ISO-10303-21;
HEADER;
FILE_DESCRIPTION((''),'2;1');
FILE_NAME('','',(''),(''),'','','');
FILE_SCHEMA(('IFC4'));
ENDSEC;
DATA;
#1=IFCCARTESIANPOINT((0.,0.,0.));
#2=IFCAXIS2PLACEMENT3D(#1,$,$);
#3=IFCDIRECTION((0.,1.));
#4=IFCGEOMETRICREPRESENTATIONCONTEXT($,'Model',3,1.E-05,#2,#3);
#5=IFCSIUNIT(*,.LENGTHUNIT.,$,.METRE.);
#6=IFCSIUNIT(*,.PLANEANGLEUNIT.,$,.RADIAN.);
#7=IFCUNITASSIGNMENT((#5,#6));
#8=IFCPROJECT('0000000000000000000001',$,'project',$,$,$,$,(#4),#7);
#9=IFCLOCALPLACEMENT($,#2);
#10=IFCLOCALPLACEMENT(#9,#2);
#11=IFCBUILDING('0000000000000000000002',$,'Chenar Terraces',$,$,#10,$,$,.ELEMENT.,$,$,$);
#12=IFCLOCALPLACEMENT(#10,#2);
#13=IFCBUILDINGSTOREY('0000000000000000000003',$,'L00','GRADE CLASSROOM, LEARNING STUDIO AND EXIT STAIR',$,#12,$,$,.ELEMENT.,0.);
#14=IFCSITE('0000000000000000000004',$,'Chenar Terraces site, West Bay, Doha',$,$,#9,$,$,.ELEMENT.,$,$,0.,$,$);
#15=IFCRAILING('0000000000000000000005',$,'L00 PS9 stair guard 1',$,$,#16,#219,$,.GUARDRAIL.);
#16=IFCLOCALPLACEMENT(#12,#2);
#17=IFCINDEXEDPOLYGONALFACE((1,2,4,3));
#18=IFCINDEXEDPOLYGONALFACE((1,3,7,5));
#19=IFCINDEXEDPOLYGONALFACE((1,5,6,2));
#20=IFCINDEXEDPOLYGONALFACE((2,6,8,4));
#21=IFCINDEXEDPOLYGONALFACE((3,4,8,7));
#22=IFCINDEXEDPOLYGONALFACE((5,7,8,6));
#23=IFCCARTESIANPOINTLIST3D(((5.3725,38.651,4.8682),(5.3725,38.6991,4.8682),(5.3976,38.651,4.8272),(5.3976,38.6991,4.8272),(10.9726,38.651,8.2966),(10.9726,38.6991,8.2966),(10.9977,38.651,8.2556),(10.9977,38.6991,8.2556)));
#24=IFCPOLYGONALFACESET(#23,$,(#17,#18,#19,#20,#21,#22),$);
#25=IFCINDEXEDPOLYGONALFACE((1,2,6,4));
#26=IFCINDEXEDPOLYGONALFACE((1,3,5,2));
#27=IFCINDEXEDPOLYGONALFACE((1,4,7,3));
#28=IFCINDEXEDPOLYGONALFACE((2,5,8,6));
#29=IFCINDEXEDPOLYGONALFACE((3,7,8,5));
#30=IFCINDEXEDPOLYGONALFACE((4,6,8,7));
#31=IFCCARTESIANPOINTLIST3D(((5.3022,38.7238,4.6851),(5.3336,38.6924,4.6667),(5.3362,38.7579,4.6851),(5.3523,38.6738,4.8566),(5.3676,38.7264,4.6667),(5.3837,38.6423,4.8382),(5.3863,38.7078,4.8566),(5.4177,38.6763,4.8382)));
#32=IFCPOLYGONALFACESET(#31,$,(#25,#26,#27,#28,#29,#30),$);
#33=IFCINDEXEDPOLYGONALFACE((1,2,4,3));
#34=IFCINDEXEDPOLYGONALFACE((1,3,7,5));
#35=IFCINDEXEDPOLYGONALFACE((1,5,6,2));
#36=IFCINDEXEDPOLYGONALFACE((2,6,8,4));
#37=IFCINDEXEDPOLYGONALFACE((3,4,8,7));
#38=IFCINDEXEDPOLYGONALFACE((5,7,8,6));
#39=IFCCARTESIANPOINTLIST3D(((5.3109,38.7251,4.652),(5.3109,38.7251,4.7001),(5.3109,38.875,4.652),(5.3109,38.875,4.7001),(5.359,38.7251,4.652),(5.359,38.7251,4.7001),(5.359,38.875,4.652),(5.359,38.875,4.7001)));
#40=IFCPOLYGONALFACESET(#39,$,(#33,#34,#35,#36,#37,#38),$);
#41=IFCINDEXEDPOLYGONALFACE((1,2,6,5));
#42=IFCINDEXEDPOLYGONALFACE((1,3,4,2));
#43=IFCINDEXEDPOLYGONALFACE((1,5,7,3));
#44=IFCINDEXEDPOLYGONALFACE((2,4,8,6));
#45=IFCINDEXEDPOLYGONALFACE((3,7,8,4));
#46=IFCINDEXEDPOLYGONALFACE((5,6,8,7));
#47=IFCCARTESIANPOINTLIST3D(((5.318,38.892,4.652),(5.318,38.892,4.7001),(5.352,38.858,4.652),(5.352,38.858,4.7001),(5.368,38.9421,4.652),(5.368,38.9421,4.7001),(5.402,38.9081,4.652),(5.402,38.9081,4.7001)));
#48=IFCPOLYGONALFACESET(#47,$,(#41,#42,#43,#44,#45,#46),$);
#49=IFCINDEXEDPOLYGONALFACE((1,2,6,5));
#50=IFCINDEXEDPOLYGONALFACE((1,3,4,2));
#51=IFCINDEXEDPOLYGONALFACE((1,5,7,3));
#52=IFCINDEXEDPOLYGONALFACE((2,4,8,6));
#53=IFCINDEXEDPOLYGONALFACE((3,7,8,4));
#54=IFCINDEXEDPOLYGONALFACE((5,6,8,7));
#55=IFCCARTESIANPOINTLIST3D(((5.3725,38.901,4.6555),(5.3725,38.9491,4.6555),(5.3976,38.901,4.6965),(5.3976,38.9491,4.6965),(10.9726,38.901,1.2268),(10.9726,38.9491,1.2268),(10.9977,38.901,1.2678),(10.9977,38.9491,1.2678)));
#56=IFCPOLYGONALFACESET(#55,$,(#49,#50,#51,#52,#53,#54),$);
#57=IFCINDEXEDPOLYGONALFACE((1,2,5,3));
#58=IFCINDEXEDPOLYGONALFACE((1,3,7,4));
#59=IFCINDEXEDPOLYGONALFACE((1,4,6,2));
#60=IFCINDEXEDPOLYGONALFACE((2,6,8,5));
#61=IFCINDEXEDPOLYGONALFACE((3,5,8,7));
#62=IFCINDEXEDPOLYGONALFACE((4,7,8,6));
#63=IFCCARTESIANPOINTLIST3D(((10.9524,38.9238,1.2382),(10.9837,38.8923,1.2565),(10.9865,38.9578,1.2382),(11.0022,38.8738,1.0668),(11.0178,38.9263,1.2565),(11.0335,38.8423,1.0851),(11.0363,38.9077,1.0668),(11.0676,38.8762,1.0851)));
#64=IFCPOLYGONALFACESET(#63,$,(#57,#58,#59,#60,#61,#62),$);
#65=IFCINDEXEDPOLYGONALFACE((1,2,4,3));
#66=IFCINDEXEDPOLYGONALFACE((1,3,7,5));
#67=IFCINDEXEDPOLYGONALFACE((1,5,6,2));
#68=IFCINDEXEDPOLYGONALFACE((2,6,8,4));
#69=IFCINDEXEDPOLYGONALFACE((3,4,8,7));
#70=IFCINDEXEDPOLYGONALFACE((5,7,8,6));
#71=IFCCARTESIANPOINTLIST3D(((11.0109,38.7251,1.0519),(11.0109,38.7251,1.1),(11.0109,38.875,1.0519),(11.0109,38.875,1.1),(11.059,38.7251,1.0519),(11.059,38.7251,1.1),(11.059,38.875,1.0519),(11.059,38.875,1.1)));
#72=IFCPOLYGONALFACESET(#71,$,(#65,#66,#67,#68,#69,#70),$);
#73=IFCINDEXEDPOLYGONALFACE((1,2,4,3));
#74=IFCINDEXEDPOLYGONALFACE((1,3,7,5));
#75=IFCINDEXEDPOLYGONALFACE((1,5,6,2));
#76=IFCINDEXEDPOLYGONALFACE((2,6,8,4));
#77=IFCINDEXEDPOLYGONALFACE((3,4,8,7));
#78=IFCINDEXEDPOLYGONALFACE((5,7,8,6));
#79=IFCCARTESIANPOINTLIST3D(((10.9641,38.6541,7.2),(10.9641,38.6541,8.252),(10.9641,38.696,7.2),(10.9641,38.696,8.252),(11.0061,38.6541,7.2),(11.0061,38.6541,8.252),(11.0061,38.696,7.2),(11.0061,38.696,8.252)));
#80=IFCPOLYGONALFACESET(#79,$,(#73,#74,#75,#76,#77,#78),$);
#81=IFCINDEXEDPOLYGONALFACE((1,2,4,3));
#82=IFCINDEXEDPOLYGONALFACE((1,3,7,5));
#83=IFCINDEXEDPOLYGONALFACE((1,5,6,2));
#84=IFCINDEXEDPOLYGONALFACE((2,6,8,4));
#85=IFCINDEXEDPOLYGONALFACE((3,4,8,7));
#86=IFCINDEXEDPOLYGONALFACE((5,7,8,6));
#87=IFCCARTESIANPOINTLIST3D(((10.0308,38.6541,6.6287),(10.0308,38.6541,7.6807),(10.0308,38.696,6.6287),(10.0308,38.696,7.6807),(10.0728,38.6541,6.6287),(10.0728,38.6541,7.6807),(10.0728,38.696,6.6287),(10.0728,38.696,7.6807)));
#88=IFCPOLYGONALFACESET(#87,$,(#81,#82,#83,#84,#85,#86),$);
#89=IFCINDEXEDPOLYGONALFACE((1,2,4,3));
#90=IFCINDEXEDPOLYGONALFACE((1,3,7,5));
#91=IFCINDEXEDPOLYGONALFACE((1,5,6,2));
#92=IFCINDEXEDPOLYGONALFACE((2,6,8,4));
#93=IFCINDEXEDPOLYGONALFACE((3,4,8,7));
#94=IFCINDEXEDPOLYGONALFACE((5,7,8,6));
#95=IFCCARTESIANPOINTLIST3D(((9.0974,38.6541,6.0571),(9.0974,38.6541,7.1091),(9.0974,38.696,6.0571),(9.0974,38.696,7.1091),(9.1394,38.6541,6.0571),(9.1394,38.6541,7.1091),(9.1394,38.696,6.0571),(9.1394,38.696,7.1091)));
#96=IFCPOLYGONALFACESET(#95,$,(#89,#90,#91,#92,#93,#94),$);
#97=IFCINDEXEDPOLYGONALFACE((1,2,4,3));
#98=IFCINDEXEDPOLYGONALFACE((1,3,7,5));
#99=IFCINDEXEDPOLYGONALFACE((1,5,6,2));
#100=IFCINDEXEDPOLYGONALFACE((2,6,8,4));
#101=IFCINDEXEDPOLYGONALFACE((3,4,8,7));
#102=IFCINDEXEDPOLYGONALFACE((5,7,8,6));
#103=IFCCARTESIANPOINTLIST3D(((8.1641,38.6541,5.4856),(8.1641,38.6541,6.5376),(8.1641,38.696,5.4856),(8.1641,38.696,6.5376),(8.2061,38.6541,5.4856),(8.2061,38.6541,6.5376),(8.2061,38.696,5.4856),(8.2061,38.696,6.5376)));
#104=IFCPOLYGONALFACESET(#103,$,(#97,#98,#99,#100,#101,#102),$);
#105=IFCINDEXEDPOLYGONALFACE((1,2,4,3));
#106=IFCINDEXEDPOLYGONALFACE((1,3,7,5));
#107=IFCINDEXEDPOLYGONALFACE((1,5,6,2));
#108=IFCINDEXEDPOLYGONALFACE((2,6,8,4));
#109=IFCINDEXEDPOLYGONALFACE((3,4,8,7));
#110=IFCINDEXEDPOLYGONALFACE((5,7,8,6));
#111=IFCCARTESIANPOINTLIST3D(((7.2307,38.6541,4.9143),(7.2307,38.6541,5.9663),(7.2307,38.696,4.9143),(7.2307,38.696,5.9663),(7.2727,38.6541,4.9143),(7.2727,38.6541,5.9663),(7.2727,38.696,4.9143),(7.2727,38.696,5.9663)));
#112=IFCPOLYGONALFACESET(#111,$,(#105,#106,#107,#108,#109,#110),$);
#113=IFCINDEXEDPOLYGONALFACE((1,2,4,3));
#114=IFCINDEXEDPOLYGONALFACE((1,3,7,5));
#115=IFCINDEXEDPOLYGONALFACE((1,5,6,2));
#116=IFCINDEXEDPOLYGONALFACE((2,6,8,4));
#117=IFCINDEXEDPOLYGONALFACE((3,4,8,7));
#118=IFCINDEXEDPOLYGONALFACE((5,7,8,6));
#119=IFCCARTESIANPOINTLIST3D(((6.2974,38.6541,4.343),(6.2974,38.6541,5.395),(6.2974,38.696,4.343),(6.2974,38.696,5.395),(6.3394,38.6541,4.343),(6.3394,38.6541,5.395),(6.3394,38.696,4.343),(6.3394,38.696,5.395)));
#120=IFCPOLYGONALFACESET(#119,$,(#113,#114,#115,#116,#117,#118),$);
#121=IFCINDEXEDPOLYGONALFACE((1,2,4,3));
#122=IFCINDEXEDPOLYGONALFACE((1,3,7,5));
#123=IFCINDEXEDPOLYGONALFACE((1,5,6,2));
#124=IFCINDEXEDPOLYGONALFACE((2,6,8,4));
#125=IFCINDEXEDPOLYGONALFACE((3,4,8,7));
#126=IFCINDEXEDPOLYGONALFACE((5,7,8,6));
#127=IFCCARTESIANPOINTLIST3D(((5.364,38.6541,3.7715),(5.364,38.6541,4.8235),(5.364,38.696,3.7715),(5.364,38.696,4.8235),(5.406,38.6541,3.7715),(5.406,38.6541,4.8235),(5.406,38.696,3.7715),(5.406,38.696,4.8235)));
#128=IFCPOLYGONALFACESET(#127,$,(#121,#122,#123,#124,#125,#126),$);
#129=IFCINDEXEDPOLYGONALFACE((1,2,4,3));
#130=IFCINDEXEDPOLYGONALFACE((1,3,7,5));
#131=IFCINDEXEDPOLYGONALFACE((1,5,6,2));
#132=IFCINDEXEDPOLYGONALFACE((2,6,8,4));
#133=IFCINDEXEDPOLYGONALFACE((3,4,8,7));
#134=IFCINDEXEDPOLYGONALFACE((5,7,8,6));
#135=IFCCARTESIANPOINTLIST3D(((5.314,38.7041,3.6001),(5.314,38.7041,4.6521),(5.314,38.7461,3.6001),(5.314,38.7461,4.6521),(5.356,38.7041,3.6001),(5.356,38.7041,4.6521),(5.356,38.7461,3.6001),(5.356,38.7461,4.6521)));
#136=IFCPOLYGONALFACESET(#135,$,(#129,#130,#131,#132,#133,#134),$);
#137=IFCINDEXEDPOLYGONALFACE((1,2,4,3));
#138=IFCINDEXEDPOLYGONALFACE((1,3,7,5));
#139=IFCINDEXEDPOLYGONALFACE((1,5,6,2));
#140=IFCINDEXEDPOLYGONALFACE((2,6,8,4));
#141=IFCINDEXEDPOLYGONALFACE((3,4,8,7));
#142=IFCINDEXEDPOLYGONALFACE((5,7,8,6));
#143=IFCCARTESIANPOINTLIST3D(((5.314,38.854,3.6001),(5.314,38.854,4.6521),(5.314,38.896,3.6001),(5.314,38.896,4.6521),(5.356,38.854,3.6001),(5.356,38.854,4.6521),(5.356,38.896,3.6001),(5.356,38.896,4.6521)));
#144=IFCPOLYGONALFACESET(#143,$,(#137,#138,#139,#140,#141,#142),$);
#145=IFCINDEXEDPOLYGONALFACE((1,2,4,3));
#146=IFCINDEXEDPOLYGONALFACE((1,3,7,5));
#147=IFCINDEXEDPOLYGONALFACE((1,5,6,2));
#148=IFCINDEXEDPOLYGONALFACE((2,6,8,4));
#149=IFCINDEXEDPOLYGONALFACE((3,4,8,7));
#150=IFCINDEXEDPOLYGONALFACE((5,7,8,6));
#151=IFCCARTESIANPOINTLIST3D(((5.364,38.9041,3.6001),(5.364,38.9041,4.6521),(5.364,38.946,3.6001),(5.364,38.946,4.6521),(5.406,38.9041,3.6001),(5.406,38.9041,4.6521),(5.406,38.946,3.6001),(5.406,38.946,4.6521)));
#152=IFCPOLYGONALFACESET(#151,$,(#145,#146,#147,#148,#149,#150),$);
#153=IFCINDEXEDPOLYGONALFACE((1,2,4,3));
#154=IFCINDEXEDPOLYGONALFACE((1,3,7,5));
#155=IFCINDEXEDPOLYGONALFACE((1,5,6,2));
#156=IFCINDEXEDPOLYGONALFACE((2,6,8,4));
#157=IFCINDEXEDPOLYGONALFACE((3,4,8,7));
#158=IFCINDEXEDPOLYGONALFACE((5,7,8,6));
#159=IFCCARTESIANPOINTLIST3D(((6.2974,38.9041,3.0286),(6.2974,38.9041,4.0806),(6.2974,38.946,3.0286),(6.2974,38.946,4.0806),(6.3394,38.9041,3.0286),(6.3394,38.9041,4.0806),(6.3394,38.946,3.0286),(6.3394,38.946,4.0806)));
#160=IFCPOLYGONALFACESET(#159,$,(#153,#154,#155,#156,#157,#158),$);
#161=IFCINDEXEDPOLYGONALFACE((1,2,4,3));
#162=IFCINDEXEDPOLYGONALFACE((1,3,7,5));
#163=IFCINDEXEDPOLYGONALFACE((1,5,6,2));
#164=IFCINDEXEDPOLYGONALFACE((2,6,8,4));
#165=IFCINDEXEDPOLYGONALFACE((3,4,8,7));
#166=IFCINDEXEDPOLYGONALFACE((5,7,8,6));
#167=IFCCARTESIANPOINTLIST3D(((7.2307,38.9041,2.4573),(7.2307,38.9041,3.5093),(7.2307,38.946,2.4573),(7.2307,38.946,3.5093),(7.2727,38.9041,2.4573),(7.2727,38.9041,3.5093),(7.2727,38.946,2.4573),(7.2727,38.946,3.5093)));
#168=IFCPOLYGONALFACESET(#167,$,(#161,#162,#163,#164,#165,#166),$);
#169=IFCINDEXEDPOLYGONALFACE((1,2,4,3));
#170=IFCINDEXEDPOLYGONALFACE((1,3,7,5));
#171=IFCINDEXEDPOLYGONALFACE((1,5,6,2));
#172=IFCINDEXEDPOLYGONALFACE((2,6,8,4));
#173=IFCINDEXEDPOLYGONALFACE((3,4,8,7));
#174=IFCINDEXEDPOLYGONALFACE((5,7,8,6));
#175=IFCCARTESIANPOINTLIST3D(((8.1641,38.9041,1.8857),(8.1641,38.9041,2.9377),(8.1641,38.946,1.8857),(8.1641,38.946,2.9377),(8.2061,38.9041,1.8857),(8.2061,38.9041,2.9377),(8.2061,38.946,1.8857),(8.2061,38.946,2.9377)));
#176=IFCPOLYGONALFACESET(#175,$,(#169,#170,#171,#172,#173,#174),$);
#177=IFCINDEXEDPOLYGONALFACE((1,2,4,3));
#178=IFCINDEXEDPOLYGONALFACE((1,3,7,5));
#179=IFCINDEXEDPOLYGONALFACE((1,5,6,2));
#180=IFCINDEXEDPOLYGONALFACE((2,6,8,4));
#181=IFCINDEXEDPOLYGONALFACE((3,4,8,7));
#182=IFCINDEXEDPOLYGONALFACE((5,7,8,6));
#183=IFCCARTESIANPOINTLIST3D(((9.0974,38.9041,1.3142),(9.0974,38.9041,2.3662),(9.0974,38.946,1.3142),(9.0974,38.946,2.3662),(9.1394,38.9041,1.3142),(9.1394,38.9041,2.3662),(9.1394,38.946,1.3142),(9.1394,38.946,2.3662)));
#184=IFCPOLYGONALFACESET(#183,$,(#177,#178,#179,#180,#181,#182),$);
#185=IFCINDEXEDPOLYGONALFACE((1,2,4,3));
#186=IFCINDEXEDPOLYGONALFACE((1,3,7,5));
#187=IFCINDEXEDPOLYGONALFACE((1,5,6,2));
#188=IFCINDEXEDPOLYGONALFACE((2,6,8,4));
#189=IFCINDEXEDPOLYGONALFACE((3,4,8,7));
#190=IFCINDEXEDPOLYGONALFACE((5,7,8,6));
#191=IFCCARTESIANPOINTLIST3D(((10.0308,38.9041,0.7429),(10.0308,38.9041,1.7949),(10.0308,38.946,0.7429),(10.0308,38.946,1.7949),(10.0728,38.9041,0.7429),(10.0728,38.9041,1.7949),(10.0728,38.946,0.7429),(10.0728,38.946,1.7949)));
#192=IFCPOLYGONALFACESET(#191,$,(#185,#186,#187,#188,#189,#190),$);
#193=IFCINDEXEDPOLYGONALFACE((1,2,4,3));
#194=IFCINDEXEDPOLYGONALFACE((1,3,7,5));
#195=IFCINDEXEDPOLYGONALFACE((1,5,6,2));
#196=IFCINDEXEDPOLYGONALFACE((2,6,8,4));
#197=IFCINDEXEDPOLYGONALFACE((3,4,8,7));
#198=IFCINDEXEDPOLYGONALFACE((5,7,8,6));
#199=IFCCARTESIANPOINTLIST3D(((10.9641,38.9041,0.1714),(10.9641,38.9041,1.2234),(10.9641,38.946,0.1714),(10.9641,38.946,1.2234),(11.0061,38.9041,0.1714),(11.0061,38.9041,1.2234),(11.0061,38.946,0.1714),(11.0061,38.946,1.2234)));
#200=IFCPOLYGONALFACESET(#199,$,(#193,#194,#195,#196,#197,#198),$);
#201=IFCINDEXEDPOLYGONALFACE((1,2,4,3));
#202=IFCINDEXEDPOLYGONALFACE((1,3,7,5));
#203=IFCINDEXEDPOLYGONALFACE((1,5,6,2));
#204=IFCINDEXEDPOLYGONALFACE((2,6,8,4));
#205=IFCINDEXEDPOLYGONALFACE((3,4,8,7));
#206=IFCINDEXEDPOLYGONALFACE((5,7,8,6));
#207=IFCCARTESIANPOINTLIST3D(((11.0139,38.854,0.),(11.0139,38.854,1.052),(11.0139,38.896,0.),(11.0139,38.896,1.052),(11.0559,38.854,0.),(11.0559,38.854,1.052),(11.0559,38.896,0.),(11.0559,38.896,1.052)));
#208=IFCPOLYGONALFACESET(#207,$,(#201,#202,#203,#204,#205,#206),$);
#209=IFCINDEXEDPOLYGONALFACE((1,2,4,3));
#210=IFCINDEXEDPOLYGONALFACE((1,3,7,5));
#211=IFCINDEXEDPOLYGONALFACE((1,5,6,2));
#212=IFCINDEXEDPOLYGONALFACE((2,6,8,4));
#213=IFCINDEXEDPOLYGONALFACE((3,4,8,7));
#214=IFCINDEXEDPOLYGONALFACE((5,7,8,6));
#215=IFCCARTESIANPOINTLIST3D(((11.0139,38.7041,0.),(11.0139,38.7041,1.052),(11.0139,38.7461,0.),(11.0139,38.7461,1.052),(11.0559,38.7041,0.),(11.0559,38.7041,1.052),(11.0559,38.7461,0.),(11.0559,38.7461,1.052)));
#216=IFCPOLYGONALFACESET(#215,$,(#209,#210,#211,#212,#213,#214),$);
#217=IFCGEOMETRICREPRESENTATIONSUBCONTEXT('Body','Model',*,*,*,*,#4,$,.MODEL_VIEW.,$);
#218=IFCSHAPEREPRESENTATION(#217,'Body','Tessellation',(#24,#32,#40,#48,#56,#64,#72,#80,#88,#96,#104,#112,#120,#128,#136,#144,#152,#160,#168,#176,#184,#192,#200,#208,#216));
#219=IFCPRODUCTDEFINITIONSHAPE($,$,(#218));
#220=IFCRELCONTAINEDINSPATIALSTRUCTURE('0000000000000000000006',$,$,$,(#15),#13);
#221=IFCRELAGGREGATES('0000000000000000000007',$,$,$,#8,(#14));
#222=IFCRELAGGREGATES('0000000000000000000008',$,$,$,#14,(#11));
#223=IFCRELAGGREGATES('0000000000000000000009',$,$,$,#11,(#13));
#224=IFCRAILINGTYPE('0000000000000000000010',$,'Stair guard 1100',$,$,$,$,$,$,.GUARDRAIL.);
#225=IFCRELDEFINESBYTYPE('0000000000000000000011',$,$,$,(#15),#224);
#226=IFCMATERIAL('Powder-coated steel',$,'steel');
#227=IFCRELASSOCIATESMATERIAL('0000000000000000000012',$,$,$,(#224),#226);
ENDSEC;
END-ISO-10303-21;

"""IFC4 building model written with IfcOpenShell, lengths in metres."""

from ifc_helpers import new_model, si_unit, direction, frame, origin, origin_2d, place, context, subcontext, project, spatial, rectangle, extrude, material, type_object, element, save


model = new_model("IFC4")

# Units and contexts
model_context = context("Model", 3, precision=1e-05, world=origin(), true_north=direction((0.0, 1.0)))
body_context = subcontext(model_context, "Body", "Model", "MODEL_VIEW")
ifc_project = project(units=[si_unit("LENGTHUNIT", "METRE"), si_unit("PLANEANGLEUNIT", "RADIAN")], contexts=[model_context])

# Site, building, storey
site_placement = place(None, origin())
site = spatial("IfcSite", under=ifc_project, at=site_placement, Name="Chenar Terraces site, West Bay, Doha", CompositionType="ELEMENT", RefElevation=0.0)
building_placement = place(site_placement, origin())
building = spatial("IfcBuilding", under=site, at=building_placement, Name="Chenar Terraces", CompositionType="ELEMENT")
storey_placement = place(building_placement, origin())
storey = spatial("IfcBuildingStorey", under=building, at=storey_placement, Name="L00", Description="GRADE CLASSROOM, LEARNING STUDIO AND EXIT STAIR", CompositionType="ELEMENT", Elevation=0.0)

# Railing
ifc_material_1 = material(Name="Powder-coated steel", Category="steel")
railing_type_1 = type_object("IfcRailingType", Name="Stair guard 1100", PredefinedType="GUARDRAIL", material=ifc_material_1)
railing_1_placement = place(storey_placement, frame((10.9851, 38.675, 7.2)))
element("IfcRailing", 1, at=railing_1_placement, inside=storey, type_object=railing_type_1, Name="L00 PS9 stair guard 1", PredefinedType="GUARDRAIL", context=body_context, shape_type="SweptSolid", body=[
    extrude(rectangle(XDim=0.0481, YDim=0.0481, at=origin_2d()), frame((0.0, 0.0, 1.0762), z_axis=(-0.852862, 0.0, -0.522136), x_axis=(0.0, -1.0, 0.0)), (0.0, 0.0, 1.0), 6.5662),
    extrude(rectangle(XDim=0.0481, YDim=0.0481, at=origin_2d()), frame((-5.6001, 0.0, -2.3525), z_axis=(-0.269911, 0.269911, -0.924281), x_axis=(-0.707107, -0.707107, 0.0)), (0.0, 0.0, 1.0), 0.1855),
    extrude(rectangle(XDim=0.0481, YDim=0.0481, at=origin_2d()), frame((-5.6501, 0.05, -2.5239), z_axis=(0.0, 1.0, 0.0), x_axis=(-1.0, 0.0, 0.0)), (0.0, 0.0, 1.0), 0.1499),
    extrude(rectangle(XDim=0.0481, YDim=0.0481, at=origin_2d()), frame((-5.6501, 0.2, -2.5239), z_axis=(0.707107, 0.707107, 0.0), x_axis=(-0.707107, 0.707107, 0.0)), (0.0, 0.0, 1.0), 0.0708),
    extrude(rectangle(XDim=0.0481, YDim=0.0481, at=origin_2d()), frame((-5.6001, 0.25, -2.5239), z_axis=(0.852846, 0.0, -0.522163), x_axis=(0.0, 1.0, 0.0)), (0.0, 0.0, 1.0), 6.5664),
    extrude(rectangle(XDim=0.0481, YDim=0.0481, at=origin_2d()), frame((0.0, 0.25, -5.9526), z_axis=(0.26869, -0.270007, -0.924609), x_axis=(0.708834, 0.705376, 0.0)), (0.0, 0.0, 1.0), 0.1853),
    extrude(rectangle(XDim=0.0481, YDim=0.0481, at=origin_2d()), frame((0.0498, 0.2, -6.124), z_axis=(0.0, -1.0, 0.0), x_axis=(1.0, 0.0, 0.0)), (0.0, 0.0, 1.0), 0.1499),
    extrude(rectangle(XDim=0.042, YDim=0.042, at=origin_2d()), origin(), (0.0, 0.0, 1.0), 1.052),
    extrude(rectangle(XDim=0.042, YDim=0.042, at=origin_2d()), frame((-0.9333, 0.0, -0.5713)), (0.0, 0.0, 1.0), 1.052),
    extrude(rectangle(XDim=0.042, YDim=0.042, at=origin_2d()), frame((-1.8667, 0.0, -1.1428)), (0.0, 0.0, 1.0), 1.052),
    extrude(rectangle(XDim=0.042, YDim=0.042, at=origin_2d()), frame((-2.8, 0.0, -1.7144)), (0.0, 0.0, 1.0), 1.052),
    extrude(rectangle(XDim=0.042, YDim=0.042, at=origin_2d()), frame((-3.7334, 0.0, -2.2856)), (0.0, 0.0, 1.0), 1.052),
    extrude(rectangle(XDim=0.042, YDim=0.042, at=origin_2d()), frame((-4.6667, 0.0, -2.8569)), (0.0, 0.0, 1.0), 1.052),
    extrude(rectangle(XDim=0.042, YDim=0.042, at=origin_2d()), frame((-5.6001, 0.0, -3.4285)), (0.0, 0.0, 1.0), 1.052),
    extrude(rectangle(XDim=0.042, YDim=0.042, at=origin_2d()), frame((-5.6501, 0.05, -3.5999)), (0.0, 0.0, 1.0), 1.052),
    extrude(rectangle(XDim=0.042, YDim=0.042, at=origin_2d()), frame((-5.6501, 0.2, -3.5999)), (0.0, 0.0, 1.0), 1.052),
    extrude(rectangle(XDim=0.042, YDim=0.042, at=origin_2d()), frame((-5.6001, 0.25, -3.5999)), (0.0, 0.0, 1.0), 1.052),
    extrude(rectangle(XDim=0.042, YDim=0.042, at=origin_2d()), frame((-4.6667, 0.25, -4.1714)), (0.0, 0.0, 1.0), 1.052),
    extrude(rectangle(XDim=0.042, YDim=0.042, at=origin_2d()), frame((-3.7334, 0.25, -4.7427)), (0.0, 0.0, 1.0), 1.052),
    extrude(rectangle(XDim=0.042, YDim=0.042, at=origin_2d()), frame((-2.8, 0.25, -5.3142)), (0.0, 0.0, 1.0), 1.052),
    extrude(rectangle(XDim=0.042, YDim=0.042, at=origin_2d()), frame((-1.8667, 0.25, -5.8857)), (0.0, 0.0, 1.0), 1.052),
    extrude(rectangle(XDim=0.042, YDim=0.042, at=origin_2d()), frame((-0.9333, 0.25, -6.457)), (0.0, 0.0, 1.0), 1.052),
    extrude(rectangle(XDim=0.042, YDim=0.042, at=origin_2d()), frame((0.0, 0.25, -7.0286)), (0.0, 0.0, 1.0), 1.052),
    extrude(rectangle(XDim=0.042, YDim=0.042, at=origin_2d()), frame((0.0498, 0.2, -7.2)), (0.0, 0.0, 1.0), 1.052),
    extrude(rectangle(XDim=0.042, YDim=0.042, at=origin_2d()), frame((0.0498, 0.05, -7.2)), (0.0, 0.0, 1.0), 1.052),
])

save(model, "model.ifc")
